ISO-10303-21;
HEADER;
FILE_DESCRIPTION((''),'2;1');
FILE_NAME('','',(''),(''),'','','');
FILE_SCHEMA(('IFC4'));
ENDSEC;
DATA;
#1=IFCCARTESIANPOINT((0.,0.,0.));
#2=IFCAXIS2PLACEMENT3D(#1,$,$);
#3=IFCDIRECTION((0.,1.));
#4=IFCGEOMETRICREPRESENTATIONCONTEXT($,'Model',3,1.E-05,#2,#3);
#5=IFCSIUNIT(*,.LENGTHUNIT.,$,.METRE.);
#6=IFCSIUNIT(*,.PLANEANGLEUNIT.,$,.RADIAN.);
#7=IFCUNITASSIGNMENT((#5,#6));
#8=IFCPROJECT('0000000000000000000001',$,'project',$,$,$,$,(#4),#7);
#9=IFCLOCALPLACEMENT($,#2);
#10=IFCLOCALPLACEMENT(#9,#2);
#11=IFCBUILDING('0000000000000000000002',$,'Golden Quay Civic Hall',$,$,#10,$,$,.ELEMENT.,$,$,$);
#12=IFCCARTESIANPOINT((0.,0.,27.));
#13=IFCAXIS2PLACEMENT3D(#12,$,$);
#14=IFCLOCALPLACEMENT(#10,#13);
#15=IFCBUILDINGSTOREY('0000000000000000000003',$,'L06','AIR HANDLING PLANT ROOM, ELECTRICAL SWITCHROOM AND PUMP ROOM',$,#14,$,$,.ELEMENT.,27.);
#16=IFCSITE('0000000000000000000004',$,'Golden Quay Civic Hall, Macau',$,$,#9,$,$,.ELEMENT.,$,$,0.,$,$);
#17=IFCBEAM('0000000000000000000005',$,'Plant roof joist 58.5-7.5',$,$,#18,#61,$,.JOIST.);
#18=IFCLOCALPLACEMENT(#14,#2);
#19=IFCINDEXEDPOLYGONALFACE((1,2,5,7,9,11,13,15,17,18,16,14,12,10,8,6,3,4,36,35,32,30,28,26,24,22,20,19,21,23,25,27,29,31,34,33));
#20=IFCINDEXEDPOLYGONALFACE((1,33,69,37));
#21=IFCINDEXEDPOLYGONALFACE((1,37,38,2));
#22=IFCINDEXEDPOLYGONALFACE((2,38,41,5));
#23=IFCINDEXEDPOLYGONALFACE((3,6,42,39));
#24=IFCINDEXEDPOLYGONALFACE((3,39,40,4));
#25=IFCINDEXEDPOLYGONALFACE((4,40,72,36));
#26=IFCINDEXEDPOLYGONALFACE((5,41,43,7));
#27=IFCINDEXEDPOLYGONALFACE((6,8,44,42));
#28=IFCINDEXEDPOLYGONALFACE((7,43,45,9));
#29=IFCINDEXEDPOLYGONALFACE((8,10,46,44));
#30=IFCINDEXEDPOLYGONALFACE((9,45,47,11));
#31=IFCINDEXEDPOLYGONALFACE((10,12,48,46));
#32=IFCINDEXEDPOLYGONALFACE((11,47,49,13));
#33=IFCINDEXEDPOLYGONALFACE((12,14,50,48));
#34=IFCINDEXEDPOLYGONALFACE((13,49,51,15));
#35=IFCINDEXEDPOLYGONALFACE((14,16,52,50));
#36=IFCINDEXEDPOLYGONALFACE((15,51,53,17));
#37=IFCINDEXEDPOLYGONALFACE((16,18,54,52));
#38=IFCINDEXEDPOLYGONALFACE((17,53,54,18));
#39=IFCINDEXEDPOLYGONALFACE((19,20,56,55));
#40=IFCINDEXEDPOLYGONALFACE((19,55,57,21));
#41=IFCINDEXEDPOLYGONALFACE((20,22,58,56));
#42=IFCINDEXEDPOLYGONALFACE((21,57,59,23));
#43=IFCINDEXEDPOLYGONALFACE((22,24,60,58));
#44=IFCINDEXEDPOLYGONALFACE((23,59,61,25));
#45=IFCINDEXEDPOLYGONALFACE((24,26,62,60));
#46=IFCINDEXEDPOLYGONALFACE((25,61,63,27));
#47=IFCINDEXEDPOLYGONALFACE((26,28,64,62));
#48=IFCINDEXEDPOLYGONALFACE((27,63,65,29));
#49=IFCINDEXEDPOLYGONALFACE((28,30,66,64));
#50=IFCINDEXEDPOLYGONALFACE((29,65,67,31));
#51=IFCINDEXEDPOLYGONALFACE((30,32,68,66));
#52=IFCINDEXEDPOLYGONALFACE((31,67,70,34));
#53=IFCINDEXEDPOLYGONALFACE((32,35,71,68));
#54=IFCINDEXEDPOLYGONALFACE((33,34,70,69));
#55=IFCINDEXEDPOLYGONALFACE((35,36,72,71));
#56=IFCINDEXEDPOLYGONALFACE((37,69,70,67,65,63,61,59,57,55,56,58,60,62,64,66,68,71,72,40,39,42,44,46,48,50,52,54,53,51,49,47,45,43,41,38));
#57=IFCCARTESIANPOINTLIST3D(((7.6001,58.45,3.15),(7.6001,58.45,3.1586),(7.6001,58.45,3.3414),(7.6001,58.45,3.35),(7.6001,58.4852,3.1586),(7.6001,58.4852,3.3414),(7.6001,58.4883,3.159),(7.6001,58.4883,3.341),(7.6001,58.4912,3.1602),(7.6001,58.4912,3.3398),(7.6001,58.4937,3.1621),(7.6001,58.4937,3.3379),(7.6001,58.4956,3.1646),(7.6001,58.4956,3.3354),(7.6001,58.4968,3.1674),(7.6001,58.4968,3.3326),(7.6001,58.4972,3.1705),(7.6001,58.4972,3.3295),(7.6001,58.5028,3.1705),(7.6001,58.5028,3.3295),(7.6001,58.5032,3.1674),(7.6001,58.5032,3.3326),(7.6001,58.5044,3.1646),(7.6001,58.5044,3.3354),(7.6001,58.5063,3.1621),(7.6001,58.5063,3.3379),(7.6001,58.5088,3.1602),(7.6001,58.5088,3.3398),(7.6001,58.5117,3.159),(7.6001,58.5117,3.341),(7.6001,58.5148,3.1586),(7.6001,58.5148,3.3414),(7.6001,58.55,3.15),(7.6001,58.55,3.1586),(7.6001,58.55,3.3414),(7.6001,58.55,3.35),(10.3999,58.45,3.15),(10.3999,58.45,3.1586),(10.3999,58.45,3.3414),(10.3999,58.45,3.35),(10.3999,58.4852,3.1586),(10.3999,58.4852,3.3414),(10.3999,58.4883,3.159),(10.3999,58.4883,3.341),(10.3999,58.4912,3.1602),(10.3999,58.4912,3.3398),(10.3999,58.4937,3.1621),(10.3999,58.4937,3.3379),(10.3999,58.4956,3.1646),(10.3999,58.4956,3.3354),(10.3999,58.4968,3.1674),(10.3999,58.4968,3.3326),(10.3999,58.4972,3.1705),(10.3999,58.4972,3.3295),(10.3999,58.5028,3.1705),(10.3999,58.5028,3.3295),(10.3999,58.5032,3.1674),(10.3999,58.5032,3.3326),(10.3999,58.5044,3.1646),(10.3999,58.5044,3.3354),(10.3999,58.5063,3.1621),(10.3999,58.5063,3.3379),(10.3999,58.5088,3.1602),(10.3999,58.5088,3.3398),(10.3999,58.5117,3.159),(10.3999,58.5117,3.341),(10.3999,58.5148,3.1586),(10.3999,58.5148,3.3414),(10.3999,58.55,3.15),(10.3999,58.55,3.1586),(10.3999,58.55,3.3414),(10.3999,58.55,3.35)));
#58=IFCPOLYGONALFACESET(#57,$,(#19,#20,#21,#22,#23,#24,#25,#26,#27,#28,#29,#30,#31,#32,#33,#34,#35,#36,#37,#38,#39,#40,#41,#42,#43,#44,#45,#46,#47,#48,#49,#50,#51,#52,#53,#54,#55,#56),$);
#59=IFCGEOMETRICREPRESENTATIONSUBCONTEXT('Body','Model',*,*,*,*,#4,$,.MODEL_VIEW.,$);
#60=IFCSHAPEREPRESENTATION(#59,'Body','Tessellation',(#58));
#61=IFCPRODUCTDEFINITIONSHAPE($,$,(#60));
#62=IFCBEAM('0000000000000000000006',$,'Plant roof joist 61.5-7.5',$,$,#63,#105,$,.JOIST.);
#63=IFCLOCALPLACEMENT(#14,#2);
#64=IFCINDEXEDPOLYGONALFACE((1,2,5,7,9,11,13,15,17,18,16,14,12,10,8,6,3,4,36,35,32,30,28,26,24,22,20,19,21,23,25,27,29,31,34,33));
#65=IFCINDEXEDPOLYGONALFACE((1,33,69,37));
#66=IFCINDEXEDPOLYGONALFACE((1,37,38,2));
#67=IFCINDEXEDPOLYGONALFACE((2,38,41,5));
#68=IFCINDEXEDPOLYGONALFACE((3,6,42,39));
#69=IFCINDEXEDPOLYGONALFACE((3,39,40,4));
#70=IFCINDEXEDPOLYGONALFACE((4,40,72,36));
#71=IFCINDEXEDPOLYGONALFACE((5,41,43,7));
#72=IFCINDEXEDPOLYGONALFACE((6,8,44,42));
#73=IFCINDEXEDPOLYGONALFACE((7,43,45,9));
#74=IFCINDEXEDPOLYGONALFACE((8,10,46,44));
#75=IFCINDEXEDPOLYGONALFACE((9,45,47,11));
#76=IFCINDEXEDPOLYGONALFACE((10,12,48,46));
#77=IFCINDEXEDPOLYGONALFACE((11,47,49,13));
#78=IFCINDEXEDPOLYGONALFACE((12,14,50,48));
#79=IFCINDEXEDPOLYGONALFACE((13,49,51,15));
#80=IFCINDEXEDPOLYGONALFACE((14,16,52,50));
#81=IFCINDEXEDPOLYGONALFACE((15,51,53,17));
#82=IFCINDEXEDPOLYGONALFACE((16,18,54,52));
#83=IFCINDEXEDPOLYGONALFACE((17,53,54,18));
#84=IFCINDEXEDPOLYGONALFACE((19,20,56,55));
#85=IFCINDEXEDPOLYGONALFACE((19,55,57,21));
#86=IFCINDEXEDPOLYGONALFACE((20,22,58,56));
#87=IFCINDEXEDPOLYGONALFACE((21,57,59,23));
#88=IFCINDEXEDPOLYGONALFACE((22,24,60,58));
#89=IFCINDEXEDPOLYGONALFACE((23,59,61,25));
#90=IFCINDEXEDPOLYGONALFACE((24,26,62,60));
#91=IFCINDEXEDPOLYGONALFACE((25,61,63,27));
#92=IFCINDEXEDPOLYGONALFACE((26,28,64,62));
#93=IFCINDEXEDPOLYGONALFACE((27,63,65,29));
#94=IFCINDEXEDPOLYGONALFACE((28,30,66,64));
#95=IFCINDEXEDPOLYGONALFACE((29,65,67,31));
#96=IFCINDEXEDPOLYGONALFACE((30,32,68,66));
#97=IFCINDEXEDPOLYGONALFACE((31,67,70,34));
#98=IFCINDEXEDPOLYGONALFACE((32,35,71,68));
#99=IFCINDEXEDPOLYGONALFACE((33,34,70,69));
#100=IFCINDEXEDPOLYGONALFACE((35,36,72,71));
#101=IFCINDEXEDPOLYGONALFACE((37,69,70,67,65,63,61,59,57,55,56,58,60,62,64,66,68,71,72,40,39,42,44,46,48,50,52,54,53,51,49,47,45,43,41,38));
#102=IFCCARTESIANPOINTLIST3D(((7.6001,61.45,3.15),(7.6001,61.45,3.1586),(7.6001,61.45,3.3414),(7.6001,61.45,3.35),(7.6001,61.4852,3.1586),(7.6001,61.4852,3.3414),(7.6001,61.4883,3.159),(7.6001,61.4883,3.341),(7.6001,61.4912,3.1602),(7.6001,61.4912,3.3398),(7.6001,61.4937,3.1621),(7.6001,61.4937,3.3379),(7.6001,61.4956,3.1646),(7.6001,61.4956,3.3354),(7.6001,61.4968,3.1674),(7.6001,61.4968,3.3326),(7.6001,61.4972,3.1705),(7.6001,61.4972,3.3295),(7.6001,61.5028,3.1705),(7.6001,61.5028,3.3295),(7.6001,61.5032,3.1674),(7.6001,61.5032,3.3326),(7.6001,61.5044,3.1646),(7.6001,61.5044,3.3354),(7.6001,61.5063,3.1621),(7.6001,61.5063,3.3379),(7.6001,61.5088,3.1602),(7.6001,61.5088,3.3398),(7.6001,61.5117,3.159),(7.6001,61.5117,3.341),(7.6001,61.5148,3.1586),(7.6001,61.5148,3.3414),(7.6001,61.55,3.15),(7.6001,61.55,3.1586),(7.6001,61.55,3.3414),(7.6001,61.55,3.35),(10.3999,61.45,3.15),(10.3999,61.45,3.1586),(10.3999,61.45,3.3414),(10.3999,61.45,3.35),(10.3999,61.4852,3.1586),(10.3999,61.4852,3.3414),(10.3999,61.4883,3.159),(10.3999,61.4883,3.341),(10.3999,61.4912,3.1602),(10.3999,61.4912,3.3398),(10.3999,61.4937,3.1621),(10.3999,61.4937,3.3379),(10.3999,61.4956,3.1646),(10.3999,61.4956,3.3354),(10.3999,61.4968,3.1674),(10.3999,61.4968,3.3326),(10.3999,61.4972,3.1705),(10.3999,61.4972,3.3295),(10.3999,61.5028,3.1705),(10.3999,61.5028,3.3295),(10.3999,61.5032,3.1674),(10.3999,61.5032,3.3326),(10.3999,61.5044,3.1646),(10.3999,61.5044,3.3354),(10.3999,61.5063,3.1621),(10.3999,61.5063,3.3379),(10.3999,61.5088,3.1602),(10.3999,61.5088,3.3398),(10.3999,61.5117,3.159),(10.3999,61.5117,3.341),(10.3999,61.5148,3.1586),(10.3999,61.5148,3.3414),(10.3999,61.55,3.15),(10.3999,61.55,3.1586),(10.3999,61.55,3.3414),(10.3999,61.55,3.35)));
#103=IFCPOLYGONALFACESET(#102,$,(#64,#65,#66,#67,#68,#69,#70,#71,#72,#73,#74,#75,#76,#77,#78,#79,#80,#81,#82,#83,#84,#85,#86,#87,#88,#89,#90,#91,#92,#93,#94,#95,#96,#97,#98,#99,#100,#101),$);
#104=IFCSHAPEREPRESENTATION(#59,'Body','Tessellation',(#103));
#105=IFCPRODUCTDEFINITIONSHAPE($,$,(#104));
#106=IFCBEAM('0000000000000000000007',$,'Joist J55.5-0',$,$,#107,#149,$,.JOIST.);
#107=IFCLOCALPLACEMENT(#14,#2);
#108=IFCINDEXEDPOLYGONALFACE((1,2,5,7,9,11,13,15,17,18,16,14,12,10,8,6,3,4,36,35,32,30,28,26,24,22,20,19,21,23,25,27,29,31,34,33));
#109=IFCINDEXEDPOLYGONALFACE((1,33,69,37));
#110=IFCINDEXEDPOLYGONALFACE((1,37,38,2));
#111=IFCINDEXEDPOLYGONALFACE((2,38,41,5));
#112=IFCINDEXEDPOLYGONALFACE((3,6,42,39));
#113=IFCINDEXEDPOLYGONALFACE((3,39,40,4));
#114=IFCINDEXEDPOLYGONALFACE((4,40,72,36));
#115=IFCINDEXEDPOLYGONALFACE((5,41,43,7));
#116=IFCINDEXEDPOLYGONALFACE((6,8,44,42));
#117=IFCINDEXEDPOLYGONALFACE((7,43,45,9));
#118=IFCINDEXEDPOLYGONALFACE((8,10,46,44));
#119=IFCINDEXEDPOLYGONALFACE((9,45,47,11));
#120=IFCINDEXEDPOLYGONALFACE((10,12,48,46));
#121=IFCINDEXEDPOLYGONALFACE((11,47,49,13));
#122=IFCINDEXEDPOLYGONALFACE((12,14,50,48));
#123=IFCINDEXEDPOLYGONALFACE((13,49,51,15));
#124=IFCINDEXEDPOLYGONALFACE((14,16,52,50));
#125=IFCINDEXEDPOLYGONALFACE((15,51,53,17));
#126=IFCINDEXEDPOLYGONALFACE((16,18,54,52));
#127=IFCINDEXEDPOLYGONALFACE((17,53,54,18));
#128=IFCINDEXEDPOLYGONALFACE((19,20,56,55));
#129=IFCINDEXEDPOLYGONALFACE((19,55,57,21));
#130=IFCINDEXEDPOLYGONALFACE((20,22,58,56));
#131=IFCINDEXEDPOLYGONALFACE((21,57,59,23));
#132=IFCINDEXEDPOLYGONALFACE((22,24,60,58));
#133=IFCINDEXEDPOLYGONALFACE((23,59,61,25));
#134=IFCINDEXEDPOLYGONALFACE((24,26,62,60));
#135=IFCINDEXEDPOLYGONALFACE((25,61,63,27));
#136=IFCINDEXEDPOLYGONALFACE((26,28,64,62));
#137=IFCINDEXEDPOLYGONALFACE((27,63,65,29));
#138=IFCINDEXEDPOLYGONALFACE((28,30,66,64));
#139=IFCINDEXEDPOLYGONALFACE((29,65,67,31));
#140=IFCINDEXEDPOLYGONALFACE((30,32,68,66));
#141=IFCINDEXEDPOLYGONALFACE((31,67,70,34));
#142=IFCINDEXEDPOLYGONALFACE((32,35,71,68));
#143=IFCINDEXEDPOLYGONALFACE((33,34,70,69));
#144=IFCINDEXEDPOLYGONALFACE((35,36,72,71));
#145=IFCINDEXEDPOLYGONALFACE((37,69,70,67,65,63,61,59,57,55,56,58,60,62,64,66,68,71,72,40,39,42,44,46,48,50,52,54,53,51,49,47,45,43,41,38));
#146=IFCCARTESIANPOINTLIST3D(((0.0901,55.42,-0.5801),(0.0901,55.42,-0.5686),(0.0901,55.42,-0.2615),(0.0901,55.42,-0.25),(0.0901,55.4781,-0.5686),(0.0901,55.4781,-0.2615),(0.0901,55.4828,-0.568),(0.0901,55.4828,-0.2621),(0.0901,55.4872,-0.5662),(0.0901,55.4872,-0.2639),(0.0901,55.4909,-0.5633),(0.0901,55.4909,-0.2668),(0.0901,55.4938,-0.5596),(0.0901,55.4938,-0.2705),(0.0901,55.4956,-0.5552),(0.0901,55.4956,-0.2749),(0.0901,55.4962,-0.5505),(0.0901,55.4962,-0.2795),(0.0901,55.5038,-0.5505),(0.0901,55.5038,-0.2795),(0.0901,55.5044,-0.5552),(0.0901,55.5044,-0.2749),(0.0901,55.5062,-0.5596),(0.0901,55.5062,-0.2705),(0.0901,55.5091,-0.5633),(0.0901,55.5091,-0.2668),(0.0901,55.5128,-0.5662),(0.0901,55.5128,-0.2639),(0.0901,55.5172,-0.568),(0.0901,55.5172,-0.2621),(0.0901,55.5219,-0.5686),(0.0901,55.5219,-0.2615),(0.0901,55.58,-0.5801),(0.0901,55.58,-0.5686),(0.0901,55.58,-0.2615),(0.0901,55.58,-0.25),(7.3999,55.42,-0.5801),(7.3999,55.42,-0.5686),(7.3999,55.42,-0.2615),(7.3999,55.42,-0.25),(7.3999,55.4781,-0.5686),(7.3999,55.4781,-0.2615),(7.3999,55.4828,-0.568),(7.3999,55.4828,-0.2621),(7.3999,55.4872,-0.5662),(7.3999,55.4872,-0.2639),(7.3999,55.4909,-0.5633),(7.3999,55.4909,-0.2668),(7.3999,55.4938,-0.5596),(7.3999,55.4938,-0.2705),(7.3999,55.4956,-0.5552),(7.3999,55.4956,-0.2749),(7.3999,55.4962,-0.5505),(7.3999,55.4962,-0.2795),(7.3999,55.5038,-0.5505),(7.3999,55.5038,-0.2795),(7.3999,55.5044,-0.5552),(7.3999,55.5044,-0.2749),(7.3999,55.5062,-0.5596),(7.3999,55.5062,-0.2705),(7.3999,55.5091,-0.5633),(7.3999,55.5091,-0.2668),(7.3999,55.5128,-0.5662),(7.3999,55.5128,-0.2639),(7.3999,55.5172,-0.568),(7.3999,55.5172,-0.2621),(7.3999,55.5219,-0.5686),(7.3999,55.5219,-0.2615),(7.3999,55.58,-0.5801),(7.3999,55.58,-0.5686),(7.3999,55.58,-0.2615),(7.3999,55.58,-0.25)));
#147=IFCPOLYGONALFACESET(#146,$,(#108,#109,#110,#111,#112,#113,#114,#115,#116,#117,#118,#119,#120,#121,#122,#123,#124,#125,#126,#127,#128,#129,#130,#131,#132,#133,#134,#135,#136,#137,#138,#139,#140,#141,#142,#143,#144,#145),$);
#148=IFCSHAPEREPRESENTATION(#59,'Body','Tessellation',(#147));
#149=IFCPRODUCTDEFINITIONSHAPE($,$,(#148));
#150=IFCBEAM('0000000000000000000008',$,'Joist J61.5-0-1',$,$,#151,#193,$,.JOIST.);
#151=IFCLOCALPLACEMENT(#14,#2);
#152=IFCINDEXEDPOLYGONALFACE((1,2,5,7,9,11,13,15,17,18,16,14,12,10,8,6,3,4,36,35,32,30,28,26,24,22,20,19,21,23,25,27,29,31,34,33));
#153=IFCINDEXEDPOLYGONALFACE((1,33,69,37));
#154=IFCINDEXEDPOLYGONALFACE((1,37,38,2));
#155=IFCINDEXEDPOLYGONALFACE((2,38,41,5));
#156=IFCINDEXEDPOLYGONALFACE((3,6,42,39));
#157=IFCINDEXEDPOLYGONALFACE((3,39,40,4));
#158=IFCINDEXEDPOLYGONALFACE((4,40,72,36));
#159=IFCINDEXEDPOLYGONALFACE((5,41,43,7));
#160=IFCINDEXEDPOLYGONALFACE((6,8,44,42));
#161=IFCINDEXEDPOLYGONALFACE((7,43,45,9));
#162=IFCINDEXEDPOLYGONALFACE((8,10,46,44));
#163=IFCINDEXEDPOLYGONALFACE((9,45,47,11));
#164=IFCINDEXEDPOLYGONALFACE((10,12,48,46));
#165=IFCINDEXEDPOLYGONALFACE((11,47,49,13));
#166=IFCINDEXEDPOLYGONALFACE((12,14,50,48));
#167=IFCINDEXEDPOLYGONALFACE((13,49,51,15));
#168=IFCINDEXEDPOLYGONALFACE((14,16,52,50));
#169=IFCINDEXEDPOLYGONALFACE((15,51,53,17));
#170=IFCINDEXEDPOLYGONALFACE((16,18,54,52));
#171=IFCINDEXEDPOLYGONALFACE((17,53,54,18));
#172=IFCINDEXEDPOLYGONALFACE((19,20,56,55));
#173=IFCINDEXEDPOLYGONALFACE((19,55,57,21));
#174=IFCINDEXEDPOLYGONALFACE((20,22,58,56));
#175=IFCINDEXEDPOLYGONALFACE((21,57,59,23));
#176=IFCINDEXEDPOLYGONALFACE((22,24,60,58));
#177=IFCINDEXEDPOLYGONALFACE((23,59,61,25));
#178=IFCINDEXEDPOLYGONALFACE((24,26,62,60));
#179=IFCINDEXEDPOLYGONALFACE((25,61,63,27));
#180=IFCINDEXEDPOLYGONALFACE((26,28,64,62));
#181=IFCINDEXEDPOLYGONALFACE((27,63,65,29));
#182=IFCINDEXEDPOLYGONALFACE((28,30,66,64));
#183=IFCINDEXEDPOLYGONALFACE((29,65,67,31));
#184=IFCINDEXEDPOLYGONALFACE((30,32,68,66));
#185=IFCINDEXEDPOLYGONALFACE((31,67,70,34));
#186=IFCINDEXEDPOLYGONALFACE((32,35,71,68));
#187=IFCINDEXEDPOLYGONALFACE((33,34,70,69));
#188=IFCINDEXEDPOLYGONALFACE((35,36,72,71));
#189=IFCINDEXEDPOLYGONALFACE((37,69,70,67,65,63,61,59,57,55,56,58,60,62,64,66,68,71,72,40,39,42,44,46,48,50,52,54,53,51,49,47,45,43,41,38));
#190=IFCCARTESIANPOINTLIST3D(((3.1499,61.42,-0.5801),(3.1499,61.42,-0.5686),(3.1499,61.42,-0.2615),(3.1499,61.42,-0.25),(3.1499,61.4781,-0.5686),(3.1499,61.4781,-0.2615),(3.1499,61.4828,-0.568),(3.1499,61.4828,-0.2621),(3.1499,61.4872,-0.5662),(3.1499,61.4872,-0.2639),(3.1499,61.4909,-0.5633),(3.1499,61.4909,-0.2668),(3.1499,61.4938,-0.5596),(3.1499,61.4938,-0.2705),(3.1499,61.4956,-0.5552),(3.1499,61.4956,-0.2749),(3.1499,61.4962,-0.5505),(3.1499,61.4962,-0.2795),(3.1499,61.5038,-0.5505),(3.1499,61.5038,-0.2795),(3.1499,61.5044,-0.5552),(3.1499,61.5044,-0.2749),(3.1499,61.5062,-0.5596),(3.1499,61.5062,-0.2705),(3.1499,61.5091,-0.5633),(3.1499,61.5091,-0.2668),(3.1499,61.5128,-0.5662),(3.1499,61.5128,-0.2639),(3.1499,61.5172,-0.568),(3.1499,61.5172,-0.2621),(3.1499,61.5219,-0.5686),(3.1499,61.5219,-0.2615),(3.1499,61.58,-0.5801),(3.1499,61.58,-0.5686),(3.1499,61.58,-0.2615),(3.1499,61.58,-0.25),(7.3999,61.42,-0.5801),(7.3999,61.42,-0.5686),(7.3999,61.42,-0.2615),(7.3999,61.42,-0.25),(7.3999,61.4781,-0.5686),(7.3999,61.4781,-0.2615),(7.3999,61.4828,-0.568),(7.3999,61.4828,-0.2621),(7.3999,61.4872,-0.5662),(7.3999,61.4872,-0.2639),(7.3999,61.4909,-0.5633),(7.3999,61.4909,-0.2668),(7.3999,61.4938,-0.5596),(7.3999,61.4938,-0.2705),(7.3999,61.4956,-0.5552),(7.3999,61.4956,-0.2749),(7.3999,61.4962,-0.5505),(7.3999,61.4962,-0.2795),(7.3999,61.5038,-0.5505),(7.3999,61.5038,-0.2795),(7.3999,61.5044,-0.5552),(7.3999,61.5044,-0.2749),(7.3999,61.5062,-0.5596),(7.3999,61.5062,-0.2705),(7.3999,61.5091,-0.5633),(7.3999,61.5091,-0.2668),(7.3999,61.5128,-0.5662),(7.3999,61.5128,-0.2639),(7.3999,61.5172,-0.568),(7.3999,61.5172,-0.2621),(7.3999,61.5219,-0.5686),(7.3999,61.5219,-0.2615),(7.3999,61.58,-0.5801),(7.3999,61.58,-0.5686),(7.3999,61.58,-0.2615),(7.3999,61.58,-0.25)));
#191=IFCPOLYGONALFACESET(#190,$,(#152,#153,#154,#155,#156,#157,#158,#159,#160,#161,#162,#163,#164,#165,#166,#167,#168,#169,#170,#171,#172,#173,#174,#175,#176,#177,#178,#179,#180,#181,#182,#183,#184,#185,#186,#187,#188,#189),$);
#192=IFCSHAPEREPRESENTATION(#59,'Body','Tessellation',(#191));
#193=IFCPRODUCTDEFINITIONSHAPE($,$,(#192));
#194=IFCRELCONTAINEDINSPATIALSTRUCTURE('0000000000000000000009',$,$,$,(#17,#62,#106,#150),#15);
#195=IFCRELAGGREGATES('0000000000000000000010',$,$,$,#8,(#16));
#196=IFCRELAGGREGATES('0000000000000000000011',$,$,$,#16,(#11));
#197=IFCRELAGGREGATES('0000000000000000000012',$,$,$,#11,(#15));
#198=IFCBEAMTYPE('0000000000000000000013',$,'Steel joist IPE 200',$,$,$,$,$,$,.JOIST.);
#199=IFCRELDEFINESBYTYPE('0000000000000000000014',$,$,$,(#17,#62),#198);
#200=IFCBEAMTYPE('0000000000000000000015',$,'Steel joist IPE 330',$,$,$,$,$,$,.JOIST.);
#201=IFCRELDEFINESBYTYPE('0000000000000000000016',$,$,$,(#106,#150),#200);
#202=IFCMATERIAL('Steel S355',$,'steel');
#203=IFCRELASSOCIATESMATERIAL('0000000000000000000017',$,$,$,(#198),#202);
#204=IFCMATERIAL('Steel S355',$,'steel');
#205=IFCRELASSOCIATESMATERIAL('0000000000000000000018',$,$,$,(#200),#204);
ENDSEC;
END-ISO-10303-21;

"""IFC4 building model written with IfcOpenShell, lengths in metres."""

from ifc_helpers import new_model, si_unit, direction, frame, origin, origin_2d, place, context, subcontext, project, spatial, i_section, extrude, material, material_profile, profile_set, type_object, element, save


model = new_model("IFC4")

# Units and contexts
model_context = context("Model", 3, precision=1e-05, world=origin(), true_north=direction((0.0, 1.0)))
body_context = subcontext(model_context, "Body", "Model", "MODEL_VIEW")
ifc_project = project(units=[si_unit("LENGTHUNIT", "METRE"), si_unit("PLANEANGLEUNIT", "RADIAN")], contexts=[model_context])

# Site, building, storey
site_placement = place(None, origin())
site = spatial("IfcSite", under=ifc_project, at=site_placement, Name="Golden Quay Civic Hall, Macau", CompositionType="ELEMENT", RefElevation=0.0)
building_placement = place(site_placement, origin())
building = spatial("IfcBuilding", under=site, at=building_placement, Name="Golden Quay Civic Hall", CompositionType="ELEMENT")
storey_placement = place(building_placement, frame((0.0, 0.0, 27.0)))
storey = spatial("IfcBuildingStorey", under=building, at=storey_placement, Name="L06", Description="AIR HANDLING PLANT ROOM, ELECTRICAL SWITCHROOM AND PUMP ROOM", CompositionType="ELEMENT", Elevation=27.0)

# Beams
ifc_material_1 = material(Name="Steel S355", Category="steel")
ifc_material_profile_1 = material_profile(ifc_material_1, i_section(OverallWidth=0.1001, OverallDepth=0.2, WebThickness=0.0056, FlangeThickness=0.0085, FilletRadius=0.012, at=origin_2d()), Name="IPE 200")
ifc_profile_set_1 = profile_set([ifc_material_profile_1], Name="Steel S355")
beam_type_1 = type_object("IfcBeamType", Name="Steel joist IPE 200", PredefinedType="JOIST", material=ifc_profile_set_1)
for number, where, z_axis, x_axis, name in (
    (1, (7.6001, 58.5, 3.25), (1.0, 0.0, 0.0), (0.0, 1.0, 0.0), "Plant roof joist 58.5-7.5"),
    (2, (7.6001, 61.5, 3.25), (1.0, 0.0, 0.0), (0.0, 1.0, 0.0), "Plant roof joist 61.5-7.5"),
):
    element("IfcBeam", number, at=place(storey_placement, frame(where, z_axis=z_axis, x_axis=x_axis)), inside=storey, type_object=beam_type_1, Name=name, PredefinedType="JOIST", context=body_context, shape_type="SweptSolid", body=[
        extrude(i_section(OverallWidth=0.1001, OverallDepth=0.2, WebThickness=0.0056, FlangeThickness=0.0085, FilletRadius=0.012, at=origin_2d()), origin(), (0.0, 0.0, 1.0), 2.7998),
    ])
ifc_material_2 = material(Name="Steel S355", Category="steel")
ifc_material_profile_2 = material_profile(ifc_material_2, i_section(OverallWidth=0.1599, OverallDepth=0.3301, WebThickness=0.0076, FlangeThickness=0.0115, FilletRadius=0.0181, at=origin_2d()), Name="IPE 330")
ifc_profile_set_2 = profile_set([ifc_material_profile_2], Name="Steel S355")
beam_type_2 = type_object("IfcBeamType", Name="Steel joist IPE 330", PredefinedType="JOIST", material=ifc_profile_set_2)
beam_1_placement = place(storey_placement, frame((0.0901, 55.5, -0.415), z_axis=(1.0, 0.0, 0.0), x_axis=(0.0, 1.0, 0.0)))
element("IfcBeam", 3, at=beam_1_placement, inside=storey, type_object=beam_type_2, Name="Joist J55.5-0", PredefinedType="JOIST", context=body_context, shape_type="SweptSolid", body=[
    extrude(i_section(OverallWidth=0.1599, OverallDepth=0.3301, WebThickness=0.0076, FlangeThickness=0.0115, FilletRadius=0.0181, at=origin_2d()), origin(), (0.0, 0.0, 1.0), 7.3098),
])
beam_2_placement = place(storey_placement, frame((3.1499, 61.5, -0.415), z_axis=(1.0, 0.0, 0.0), x_axis=(0.0, 1.0, 0.0)))
element("IfcBeam", 4, at=beam_2_placement, inside=storey, type_object=beam_type_2, Name="Joist J61.5-0-1", PredefinedType="JOIST", context=body_context, shape_type="SweptSolid", body=[
    extrude(i_section(OverallWidth=0.1599, OverallDepth=0.3301, WebThickness=0.0076, FlangeThickness=0.0115, FilletRadius=0.0181, at=origin_2d()), origin(), (0.0, 0.0, 1.0), 4.25),
])

save(model, "model.ifc")
